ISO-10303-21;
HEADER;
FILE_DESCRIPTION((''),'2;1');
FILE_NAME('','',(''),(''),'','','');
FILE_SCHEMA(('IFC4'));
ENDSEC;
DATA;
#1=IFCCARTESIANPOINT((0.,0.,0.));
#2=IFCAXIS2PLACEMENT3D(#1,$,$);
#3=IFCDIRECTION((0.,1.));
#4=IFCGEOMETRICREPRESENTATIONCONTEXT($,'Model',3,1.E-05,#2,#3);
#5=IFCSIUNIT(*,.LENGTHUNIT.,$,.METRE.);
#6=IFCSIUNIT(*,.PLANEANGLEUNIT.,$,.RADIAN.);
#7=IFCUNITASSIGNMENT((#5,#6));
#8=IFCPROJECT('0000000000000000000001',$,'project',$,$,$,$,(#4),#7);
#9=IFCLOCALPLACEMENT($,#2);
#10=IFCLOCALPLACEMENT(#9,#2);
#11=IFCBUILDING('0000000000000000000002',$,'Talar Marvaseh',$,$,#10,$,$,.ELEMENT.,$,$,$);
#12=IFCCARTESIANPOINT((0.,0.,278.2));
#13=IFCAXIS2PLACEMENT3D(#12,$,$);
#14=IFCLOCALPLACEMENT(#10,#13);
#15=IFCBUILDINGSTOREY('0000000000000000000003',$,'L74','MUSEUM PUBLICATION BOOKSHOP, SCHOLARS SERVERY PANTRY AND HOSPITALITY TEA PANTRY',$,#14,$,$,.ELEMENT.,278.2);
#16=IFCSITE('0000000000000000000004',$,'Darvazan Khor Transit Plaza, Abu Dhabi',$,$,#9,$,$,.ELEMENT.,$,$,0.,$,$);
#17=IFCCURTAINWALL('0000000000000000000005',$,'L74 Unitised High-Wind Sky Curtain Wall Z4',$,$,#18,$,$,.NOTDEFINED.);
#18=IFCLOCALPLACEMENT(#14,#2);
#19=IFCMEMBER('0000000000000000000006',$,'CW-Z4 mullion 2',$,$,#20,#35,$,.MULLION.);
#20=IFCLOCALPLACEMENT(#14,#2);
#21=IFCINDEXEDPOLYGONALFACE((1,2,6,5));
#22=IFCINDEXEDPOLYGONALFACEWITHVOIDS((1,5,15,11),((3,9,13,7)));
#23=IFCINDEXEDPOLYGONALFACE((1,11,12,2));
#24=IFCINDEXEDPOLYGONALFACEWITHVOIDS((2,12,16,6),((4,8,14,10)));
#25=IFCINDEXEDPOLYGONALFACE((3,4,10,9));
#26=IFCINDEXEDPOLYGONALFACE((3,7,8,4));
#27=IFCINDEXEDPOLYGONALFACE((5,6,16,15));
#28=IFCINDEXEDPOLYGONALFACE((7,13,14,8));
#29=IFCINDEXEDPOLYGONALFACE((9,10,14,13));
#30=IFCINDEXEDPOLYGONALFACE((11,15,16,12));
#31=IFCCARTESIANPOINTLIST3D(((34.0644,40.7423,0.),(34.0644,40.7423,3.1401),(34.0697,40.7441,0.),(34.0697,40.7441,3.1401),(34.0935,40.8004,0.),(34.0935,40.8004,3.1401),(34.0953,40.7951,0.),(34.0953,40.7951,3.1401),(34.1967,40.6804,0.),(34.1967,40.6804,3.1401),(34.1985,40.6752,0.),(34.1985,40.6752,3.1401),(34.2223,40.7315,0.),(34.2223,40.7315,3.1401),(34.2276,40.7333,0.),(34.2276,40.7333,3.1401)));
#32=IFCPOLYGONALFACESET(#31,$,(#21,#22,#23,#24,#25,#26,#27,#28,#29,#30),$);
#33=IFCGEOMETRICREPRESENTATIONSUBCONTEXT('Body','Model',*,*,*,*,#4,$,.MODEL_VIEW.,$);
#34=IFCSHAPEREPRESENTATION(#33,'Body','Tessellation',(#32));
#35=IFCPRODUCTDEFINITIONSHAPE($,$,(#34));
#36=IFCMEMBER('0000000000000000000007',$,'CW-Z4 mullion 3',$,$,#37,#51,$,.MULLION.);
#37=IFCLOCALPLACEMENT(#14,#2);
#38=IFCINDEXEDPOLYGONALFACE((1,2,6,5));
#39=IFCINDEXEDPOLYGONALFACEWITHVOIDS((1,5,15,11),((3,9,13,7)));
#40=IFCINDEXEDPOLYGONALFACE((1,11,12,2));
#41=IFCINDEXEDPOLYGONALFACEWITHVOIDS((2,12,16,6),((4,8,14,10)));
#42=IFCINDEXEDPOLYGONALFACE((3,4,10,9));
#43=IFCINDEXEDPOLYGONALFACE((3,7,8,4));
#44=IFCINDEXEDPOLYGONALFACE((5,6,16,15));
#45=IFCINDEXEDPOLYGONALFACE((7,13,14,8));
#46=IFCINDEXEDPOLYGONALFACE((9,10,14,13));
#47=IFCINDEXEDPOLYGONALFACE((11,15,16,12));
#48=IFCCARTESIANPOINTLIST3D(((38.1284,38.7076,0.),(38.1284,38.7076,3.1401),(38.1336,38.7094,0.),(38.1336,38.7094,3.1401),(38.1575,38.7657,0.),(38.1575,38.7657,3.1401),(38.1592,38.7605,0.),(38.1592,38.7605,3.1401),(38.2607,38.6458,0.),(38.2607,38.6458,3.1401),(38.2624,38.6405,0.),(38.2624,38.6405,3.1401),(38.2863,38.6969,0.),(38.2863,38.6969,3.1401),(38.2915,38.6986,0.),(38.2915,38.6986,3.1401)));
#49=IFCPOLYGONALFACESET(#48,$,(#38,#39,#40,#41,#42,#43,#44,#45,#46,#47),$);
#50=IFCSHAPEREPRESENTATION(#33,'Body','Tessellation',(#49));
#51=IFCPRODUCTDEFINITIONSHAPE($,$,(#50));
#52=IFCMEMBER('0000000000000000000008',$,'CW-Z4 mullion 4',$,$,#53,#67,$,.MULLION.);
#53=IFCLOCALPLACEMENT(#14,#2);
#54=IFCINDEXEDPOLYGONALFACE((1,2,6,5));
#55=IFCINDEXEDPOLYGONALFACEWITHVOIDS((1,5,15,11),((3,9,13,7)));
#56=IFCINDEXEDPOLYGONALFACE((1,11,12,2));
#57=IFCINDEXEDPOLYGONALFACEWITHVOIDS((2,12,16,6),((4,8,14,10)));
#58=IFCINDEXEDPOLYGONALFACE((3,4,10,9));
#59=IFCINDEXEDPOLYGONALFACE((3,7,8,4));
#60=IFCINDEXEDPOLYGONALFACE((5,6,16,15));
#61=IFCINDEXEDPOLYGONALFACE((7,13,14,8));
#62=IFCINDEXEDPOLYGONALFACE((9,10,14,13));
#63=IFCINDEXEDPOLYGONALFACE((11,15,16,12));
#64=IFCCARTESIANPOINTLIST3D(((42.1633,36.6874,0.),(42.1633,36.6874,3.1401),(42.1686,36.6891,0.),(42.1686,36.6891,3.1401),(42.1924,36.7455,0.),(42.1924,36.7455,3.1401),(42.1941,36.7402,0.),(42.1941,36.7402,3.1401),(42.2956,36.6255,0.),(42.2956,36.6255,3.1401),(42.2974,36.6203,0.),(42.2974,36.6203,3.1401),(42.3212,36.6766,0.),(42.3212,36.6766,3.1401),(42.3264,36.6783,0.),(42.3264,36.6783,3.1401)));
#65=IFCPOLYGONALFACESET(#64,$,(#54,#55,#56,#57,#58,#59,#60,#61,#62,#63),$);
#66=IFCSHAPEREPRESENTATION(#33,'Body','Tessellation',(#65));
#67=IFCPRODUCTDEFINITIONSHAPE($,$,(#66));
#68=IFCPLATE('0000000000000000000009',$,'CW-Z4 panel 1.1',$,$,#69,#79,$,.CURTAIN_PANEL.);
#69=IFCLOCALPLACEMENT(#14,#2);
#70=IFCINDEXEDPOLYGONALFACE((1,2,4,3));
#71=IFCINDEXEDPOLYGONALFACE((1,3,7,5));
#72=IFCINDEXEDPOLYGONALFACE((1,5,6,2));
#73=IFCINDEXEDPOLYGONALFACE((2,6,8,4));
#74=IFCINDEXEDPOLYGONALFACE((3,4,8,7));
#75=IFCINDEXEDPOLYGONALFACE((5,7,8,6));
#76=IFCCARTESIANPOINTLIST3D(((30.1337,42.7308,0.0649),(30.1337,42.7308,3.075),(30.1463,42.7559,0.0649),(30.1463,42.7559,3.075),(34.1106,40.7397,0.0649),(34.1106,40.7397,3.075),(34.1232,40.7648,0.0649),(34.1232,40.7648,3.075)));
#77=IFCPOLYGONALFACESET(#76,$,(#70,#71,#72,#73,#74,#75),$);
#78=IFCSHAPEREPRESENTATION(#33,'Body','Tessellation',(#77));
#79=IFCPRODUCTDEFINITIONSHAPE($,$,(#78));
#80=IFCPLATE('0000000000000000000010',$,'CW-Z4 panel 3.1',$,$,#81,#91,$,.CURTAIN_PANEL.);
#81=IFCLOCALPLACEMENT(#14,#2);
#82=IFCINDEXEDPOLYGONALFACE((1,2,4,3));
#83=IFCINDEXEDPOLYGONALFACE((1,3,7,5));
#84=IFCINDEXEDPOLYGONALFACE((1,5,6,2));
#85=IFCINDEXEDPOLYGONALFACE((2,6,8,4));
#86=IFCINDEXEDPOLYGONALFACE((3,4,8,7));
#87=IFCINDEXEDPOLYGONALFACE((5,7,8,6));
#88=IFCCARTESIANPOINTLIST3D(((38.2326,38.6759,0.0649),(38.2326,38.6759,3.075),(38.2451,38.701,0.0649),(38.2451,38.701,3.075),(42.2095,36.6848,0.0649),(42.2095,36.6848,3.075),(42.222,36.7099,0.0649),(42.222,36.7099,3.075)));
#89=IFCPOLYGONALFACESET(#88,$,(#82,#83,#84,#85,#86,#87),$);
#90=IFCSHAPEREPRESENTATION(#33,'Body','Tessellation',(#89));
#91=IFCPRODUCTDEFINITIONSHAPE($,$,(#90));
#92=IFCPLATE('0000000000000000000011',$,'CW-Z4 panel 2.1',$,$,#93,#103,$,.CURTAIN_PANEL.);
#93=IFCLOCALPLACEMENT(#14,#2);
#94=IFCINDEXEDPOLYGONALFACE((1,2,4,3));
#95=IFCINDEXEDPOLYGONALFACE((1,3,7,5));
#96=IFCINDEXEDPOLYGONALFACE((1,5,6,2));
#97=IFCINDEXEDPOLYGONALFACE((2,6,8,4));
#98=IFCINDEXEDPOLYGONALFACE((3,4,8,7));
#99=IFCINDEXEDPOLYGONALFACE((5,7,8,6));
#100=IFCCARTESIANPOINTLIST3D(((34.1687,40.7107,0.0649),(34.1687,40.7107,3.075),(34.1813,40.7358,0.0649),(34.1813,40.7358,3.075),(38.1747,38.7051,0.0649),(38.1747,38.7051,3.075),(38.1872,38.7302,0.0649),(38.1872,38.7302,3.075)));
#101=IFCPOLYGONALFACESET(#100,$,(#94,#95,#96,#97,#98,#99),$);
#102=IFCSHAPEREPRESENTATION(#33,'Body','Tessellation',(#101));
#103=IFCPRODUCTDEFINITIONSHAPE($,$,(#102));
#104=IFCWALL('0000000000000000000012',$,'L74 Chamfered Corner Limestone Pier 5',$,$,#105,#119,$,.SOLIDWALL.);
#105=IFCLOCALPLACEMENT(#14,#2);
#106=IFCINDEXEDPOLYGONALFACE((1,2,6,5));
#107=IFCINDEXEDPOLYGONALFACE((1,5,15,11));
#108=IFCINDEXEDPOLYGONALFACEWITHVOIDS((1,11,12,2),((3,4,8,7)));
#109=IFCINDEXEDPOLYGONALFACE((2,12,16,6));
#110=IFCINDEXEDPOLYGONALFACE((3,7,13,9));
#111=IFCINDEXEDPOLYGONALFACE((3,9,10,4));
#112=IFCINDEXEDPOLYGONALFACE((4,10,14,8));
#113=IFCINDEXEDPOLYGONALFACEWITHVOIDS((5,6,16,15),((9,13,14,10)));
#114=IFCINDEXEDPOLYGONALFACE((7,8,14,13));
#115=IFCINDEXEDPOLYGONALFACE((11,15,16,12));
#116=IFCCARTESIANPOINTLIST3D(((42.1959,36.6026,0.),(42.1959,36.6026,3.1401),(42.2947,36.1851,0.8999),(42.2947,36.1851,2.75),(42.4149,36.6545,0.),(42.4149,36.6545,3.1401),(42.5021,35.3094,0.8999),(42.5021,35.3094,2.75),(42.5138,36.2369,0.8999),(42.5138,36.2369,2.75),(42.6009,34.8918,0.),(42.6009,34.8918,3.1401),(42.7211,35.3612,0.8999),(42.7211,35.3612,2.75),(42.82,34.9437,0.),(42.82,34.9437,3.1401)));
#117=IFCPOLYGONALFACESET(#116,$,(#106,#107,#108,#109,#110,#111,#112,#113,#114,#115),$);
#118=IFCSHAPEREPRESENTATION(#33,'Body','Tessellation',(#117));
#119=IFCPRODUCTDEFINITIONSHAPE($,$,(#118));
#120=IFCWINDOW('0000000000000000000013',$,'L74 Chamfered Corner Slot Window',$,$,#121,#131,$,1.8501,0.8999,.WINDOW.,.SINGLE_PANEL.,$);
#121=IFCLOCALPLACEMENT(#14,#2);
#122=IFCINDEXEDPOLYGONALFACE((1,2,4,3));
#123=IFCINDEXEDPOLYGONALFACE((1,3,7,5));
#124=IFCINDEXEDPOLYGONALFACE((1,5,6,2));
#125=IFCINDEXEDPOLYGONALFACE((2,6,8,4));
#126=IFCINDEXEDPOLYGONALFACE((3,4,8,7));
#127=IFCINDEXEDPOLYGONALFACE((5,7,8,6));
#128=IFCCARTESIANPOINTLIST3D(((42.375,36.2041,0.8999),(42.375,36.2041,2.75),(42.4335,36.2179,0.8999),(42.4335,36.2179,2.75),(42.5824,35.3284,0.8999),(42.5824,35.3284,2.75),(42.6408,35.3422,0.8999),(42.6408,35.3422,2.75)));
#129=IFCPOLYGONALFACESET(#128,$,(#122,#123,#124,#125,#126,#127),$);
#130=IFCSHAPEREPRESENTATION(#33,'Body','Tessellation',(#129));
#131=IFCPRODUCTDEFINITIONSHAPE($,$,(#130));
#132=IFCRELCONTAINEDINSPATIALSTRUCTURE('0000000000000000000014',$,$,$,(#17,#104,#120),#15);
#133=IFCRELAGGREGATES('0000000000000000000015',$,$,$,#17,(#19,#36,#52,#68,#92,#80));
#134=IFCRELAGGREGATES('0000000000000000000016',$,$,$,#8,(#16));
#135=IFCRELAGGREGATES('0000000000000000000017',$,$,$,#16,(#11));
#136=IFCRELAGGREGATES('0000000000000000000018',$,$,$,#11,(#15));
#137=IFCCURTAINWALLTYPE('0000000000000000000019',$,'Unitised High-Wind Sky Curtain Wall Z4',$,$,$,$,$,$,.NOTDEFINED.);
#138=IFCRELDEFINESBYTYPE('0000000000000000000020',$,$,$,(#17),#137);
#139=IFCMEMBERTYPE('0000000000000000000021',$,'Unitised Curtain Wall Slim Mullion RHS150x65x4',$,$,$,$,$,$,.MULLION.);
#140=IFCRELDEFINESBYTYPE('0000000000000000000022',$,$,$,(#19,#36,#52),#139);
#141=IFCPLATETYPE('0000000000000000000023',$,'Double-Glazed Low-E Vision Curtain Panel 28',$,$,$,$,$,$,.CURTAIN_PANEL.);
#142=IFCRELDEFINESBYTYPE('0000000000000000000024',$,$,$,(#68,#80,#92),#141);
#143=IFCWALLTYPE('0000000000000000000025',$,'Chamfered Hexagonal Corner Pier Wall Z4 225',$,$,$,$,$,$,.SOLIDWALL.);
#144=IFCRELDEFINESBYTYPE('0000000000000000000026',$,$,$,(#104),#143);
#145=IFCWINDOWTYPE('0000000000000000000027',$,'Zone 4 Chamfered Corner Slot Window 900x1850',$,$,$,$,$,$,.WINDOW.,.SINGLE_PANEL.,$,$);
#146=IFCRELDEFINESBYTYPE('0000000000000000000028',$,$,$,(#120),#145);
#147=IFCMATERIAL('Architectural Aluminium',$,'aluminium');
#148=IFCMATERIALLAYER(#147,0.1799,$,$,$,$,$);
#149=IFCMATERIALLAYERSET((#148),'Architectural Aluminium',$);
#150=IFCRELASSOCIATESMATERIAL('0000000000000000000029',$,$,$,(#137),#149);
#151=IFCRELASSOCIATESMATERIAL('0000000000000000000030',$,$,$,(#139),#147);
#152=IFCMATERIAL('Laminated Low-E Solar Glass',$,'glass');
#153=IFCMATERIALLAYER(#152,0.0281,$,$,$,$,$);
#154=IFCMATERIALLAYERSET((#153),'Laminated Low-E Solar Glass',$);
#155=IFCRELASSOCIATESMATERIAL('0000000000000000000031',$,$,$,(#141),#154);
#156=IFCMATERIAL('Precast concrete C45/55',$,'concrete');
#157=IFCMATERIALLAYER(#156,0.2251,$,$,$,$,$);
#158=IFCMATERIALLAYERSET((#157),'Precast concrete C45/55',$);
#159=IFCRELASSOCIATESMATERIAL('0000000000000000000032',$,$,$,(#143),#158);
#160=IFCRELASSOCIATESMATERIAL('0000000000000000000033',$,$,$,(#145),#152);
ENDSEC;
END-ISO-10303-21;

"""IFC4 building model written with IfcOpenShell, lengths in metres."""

from ifc_helpers import new_model, si_unit, direction, frame, frame_2d, origin, origin_2d, place, context, subcontext, project, spatial, rectangle, hollow_rectangle, extrude, source, transform, mapped, material, layer, layer_set, material_profile, profile_set, type_object, type_shapes, element, fill, aggregate, save


model = new_model("IFC4")

# Units and contexts
model_context = context("Model", 3, precision=1e-05, world=origin(), true_north=direction((0.0, 1.0)))
body_context = subcontext(model_context, "Body", "Model", "MODEL_VIEW")
ifc_project = project(units=[si_unit("LENGTHUNIT", "METRE"), si_unit("PLANEANGLEUNIT", "RADIAN")], contexts=[model_context])

# Site, building, storey
site_placement = place(None, origin())
site = spatial("IfcSite", under=ifc_project, at=site_placement, Name="Darvazan Khor Transit Plaza, Abu Dhabi", CompositionType="ELEMENT", RefElevation=0.0)
building_placement = place(site_placement, origin())
building = spatial("IfcBuilding", under=site, at=building_placement, Name="Talar Marvaseh", CompositionType="ELEMENT")
storey_placement = place(building_placement, frame((0.0, 0.0, 278.2)))
storey = spatial("IfcBuildingStorey", under=building, at=storey_placement, Name="L74", Description="MUSEUM PUBLICATION BOOKSHOP, SCHOLARS SERVERY PANTRY AND HOSPITALITY TEA PANTRY", CompositionType="ELEMENT", Elevation=278.2)

# Curtain wall, members, plates
ifc_material_1 = material(Name="Architectural Aluminium", Category="aluminium")
ifc_layer_1 = layer(ifc_material_1, 0.1799)
ifc_layer_set_1 = layer_set([ifc_layer_1], Name="Architectural Aluminium")
curtain_wall_type = type_object("IfcCurtainWallType", Name="Unitised High-Wind Sky Curtain Wall Z4", PredefinedType="NOTDEFINED", material=ifc_layer_set_1)
curtain_wall_placement = place(storey_placement, origin())
curtain_wall = element("IfcCurtainWall", 1, at=curtain_wall_placement, inside=storey, type_object=curtain_wall_type, Name="L74 Unitised High-Wind Sky Curtain Wall Z4", PredefinedType="NOTDEFINED")
ifc_material_profile_1 = material_profile(ifc_material_1, hollow_rectangle(XDim=0.0649, YDim=0.1499, WallThickness=0.0039, at=origin_2d()), Name="RHS150x65x4")
ifc_profile_set_1 = profile_set([ifc_material_profile_1], Name="Architectural Aluminium")
member_type_1 = type_object("IfcMemberType", Name="Unitised Curtain Wall Slim Mullion RHS150x65x4", PredefinedType="MULLION", material=ifc_profile_set_1)
shared_shape_1 = source(origin(), body_context, "Body", "SweptSolid", [
    extrude(hollow_rectangle(XDim=0.0649, YDim=0.1499, WallThickness=0.0039, at=origin_2d()), origin(), (0.0, 0.0, 1.0), 3.1401),
])
type_shapes(member_type_1, [shared_shape_1])
member_1_placement = place(storey_placement, frame((34.146, 40.7378, 0.0), z_axis=(0.0, 0.0, 1.0), x_axis=(0.447695, 0.894186, 0.0)))
member_1 = element("IfcMember", 2, at=member_1_placement, type_object=member_type_1, Name="CW-Z4 mullion 2", PredefinedType="MULLION", context=body_context, shape_type="MappedRepresentation", body=[
    mapped(shared_shape_1, transform((0.0, 0.0, 0.0), x_axis=(1.0, 0.0, 0.0), y_axis=(0.0, 1.0, 0.0), z_axis=(0.0, 0.0, 1.0), scale=1.0)),
])
member_2_placement = place(storey_placement, frame((38.21, 38.7031, 0.0), z_axis=(0.0, 0.0, 1.0), x_axis=(0.447695, 0.894186, 0.0)))
member_2 = element("IfcMember", 3, at=member_2_placement, type_object=member_type_1, Name="CW-Z4 mullion 3", PredefinedType="MULLION", context=body_context, shape_type="MappedRepresentation", body=[
    mapped(shared_shape_1, transform((0.0, 0.0, 0.0), x_axis=(1.0, 0.0, 0.0), y_axis=(0.0, 1.0, 0.0), z_axis=(0.0, 0.0, 1.0), scale=1.0)),
])
member_3_placement = place(storey_placement, frame((42.2449, 36.6829, 0.0), z_axis=(0.0, 0.0, 1.0), x_axis=(0.447695, 0.894186, 0.0)))
member_3 = element("IfcMember", 4, at=member_3_placement, type_object=member_type_1, Name="CW-Z4 mullion 4", PredefinedType="MULLION", context=body_context, shape_type="MappedRepresentation", body=[
    mapped(shared_shape_1, transform((0.0, 0.0, 0.0), x_axis=(1.0, 0.0, 0.0), y_axis=(0.0, 1.0, 0.0), z_axis=(0.0, 0.0, 1.0), scale=1.0)),
])
ifc_material_2 = material(Name="Laminated Low-E Solar Glass", Category="glass")
ifc_layer_2 = layer(ifc_material_2, 0.0281)
ifc_layer_set_2 = layer_set([ifc_layer_2], Name="Laminated Low-E Solar Glass")
plate_type = type_object("IfcPlateType", Name="Double-Glazed Low-E Vision Curtain Panel 28", PredefinedType="CURTAIN_PANEL", material=ifc_layer_set_2)
shared_shape_2 = source(origin(), body_context, "Body", "SweptSolid", [
    extrude(rectangle(XDim=4.4475, YDim=0.0281, at=origin_2d()), origin(), (0.0, 0.0, 1.0), 3.01),
])
plate_1_placement = place(storey_placement, frame((32.1284, 41.7478, 0.0649), z_axis=(0.0, 0.0, 1.0), x_axis=(0.894186, -0.447695, 0.0)))
plate_1 = element("IfcPlate", 5, at=plate_1_placement, type_object=plate_type, Name="CW-Z4 panel 1.1", PredefinedType="CURTAIN_PANEL", context=body_context, shape_type="MappedRepresentation", body=[
    mapped(shared_shape_2, transform((0.0, 0.0, 0.0), x_axis=(1.0, 0.0, 0.0), y_axis=(0.0, 1.0, 0.0), z_axis=(0.0, 0.0, 1.0), scale=1.0)),
])
plate_2_placement = place(storey_placement, frame((40.2273, 37.6929, 0.0649), z_axis=(0.0, 0.0, 1.0), x_axis=(0.894186, -0.447695, 0.0)))
plate_2 = element("IfcPlate", 6, at=plate_2_placement, type_object=plate_type, Name="CW-Z4 panel 3.1", PredefinedType="CURTAIN_PANEL", context=body_context, shape_type="MappedRepresentation", body=[
    mapped(shared_shape_2, transform((0.0, 0.0, 0.0), x_axis=(1.0, 0.0, 0.0), y_axis=(0.0, 1.0, 0.0), z_axis=(0.0, 0.0, 1.0), scale=1.0)),
])
shared_shape_3 = source(origin(), body_context, "Body", "SweptSolid", [
    extrude(rectangle(XDim=4.48, YDim=0.0281, at=origin_2d()), origin(), (0.0, 0.0, 1.0), 3.01),
])
type_shapes(plate_type, [shared_shape_2, shared_shape_3])
plate_3_placement = place(storey_placement, frame((36.178, 39.7205, 0.0649), z_axis=(0.0, 0.0, 1.0), x_axis=(0.894186, -0.447695, 0.0)))
plate_3 = element("IfcPlate", 7, at=plate_3_placement, type_object=plate_type, Name="CW-Z4 panel 2.1", PredefinedType="CURTAIN_PANEL", context=body_context, shape_type="MappedRepresentation", body=[
    mapped(shared_shape_3, transform((0.0, 0.0, 0.0), x_axis=(1.0, 0.0, 0.0), y_axis=(0.0, 1.0, 0.0), z_axis=(0.0, 0.0, 1.0), scale=1.0)),
])
aggregate(curtain_wall, [member_1, member_2, member_3, plate_1, plate_3, plate_2])

# Wall, opening, window
ifc_material_3 = material(Name="Precast concrete C45/55", Category="concrete")
ifc_layer_3 = layer(ifc_material_3, 0.2251)
ifc_layer_set_3 = layer_set([ifc_layer_3], Name="Precast concrete C45/55")
wall_type_1 = type_object("IfcWallType", Name="Chamfered Hexagonal Corner Pier Wall Z4 225", PredefinedType="SOLIDWALL", material=ifc_layer_set_3)
wall_1_placement = place(storey_placement, frame((42.3054, 36.6284, 0.0), z_axis=(0.0, 0.0, 1.0), x_axis=(0.230394, -0.973097, 0.0)))
wall_1 = element("IfcWall", 8, at=wall_1_placement, inside=storey, type_object=wall_type_1, Name="L74 Chamfered Corner Limestone Pier 5", PredefinedType="SOLIDWALL", context=body_context, shape_type="SweptSolid", body=[
    extrude(rectangle(XDim=1.7581, YDim=0.2251, at=frame_2d((0.8789, 0.0))), origin(), (0.0, 0.0, 1.0), 3.1401),
])
opening_1_placement = place(wall_1_placement, frame((0.429, 0.0, 0.8999)))
opening_1 = element("IfcOpeningElement", 9, at=opening_1_placement, cuts=wall_1, PredefinedType="OPENING", context=body_context, shape_type="SweptSolid", body=[
    extrude(rectangle(XDim=0.8999, YDim=1.8501, at=frame_2d((0.45, 0.925))), frame((0.0, 0.1226, 0.0), z_axis=(0.0, -1.0, 0.0), x_axis=(1.0, 0.0, 0.0)), (0.0, 0.0, 1.0), 0.2451),
])
window_type = type_object("IfcWindowType", Name="Zone 4 Chamfered Corner Slot Window 900x1850", PartitioningType="SINGLE_PANEL", PredefinedType="WINDOW", material=ifc_material_2)
shared_shape_4 = source(origin(), body_context, "Body", "SweptSolid", [
    extrude(rectangle(XDim=0.8999, YDim=1.8501, at=frame_2d((0.45, 0.925))), frame((0.0, 0.03, 0.0), z_axis=(0.0, -1.0, 0.0), x_axis=(1.0, 0.0, 0.0)), (0.0, 0.0, 1.0), 0.0601),
])
type_shapes(window_type, [shared_shape_4])
window_placement = place(opening_1_placement, origin())
window = element("IfcWindow", 10, at=window_placement, inside=storey, type_object=window_type, Name="L74 Chamfered Corner Slot Window", OverallHeight=1.8501, OverallWidth=0.8999, PartitioningType="SINGLE_PANEL", PredefinedType="WINDOW", context=body_context, shape_type="MappedRepresentation", body=[
    mapped(shared_shape_4, transform((0.0, 0.0, 0.0), x_axis=(1.0, 0.0, 0.0), y_axis=(0.0, 1.0, 0.0), z_axis=(0.0, 0.0, 1.0), scale=1.0)),
])
fill(opening_1, window)

save(model, "model.ifc")
